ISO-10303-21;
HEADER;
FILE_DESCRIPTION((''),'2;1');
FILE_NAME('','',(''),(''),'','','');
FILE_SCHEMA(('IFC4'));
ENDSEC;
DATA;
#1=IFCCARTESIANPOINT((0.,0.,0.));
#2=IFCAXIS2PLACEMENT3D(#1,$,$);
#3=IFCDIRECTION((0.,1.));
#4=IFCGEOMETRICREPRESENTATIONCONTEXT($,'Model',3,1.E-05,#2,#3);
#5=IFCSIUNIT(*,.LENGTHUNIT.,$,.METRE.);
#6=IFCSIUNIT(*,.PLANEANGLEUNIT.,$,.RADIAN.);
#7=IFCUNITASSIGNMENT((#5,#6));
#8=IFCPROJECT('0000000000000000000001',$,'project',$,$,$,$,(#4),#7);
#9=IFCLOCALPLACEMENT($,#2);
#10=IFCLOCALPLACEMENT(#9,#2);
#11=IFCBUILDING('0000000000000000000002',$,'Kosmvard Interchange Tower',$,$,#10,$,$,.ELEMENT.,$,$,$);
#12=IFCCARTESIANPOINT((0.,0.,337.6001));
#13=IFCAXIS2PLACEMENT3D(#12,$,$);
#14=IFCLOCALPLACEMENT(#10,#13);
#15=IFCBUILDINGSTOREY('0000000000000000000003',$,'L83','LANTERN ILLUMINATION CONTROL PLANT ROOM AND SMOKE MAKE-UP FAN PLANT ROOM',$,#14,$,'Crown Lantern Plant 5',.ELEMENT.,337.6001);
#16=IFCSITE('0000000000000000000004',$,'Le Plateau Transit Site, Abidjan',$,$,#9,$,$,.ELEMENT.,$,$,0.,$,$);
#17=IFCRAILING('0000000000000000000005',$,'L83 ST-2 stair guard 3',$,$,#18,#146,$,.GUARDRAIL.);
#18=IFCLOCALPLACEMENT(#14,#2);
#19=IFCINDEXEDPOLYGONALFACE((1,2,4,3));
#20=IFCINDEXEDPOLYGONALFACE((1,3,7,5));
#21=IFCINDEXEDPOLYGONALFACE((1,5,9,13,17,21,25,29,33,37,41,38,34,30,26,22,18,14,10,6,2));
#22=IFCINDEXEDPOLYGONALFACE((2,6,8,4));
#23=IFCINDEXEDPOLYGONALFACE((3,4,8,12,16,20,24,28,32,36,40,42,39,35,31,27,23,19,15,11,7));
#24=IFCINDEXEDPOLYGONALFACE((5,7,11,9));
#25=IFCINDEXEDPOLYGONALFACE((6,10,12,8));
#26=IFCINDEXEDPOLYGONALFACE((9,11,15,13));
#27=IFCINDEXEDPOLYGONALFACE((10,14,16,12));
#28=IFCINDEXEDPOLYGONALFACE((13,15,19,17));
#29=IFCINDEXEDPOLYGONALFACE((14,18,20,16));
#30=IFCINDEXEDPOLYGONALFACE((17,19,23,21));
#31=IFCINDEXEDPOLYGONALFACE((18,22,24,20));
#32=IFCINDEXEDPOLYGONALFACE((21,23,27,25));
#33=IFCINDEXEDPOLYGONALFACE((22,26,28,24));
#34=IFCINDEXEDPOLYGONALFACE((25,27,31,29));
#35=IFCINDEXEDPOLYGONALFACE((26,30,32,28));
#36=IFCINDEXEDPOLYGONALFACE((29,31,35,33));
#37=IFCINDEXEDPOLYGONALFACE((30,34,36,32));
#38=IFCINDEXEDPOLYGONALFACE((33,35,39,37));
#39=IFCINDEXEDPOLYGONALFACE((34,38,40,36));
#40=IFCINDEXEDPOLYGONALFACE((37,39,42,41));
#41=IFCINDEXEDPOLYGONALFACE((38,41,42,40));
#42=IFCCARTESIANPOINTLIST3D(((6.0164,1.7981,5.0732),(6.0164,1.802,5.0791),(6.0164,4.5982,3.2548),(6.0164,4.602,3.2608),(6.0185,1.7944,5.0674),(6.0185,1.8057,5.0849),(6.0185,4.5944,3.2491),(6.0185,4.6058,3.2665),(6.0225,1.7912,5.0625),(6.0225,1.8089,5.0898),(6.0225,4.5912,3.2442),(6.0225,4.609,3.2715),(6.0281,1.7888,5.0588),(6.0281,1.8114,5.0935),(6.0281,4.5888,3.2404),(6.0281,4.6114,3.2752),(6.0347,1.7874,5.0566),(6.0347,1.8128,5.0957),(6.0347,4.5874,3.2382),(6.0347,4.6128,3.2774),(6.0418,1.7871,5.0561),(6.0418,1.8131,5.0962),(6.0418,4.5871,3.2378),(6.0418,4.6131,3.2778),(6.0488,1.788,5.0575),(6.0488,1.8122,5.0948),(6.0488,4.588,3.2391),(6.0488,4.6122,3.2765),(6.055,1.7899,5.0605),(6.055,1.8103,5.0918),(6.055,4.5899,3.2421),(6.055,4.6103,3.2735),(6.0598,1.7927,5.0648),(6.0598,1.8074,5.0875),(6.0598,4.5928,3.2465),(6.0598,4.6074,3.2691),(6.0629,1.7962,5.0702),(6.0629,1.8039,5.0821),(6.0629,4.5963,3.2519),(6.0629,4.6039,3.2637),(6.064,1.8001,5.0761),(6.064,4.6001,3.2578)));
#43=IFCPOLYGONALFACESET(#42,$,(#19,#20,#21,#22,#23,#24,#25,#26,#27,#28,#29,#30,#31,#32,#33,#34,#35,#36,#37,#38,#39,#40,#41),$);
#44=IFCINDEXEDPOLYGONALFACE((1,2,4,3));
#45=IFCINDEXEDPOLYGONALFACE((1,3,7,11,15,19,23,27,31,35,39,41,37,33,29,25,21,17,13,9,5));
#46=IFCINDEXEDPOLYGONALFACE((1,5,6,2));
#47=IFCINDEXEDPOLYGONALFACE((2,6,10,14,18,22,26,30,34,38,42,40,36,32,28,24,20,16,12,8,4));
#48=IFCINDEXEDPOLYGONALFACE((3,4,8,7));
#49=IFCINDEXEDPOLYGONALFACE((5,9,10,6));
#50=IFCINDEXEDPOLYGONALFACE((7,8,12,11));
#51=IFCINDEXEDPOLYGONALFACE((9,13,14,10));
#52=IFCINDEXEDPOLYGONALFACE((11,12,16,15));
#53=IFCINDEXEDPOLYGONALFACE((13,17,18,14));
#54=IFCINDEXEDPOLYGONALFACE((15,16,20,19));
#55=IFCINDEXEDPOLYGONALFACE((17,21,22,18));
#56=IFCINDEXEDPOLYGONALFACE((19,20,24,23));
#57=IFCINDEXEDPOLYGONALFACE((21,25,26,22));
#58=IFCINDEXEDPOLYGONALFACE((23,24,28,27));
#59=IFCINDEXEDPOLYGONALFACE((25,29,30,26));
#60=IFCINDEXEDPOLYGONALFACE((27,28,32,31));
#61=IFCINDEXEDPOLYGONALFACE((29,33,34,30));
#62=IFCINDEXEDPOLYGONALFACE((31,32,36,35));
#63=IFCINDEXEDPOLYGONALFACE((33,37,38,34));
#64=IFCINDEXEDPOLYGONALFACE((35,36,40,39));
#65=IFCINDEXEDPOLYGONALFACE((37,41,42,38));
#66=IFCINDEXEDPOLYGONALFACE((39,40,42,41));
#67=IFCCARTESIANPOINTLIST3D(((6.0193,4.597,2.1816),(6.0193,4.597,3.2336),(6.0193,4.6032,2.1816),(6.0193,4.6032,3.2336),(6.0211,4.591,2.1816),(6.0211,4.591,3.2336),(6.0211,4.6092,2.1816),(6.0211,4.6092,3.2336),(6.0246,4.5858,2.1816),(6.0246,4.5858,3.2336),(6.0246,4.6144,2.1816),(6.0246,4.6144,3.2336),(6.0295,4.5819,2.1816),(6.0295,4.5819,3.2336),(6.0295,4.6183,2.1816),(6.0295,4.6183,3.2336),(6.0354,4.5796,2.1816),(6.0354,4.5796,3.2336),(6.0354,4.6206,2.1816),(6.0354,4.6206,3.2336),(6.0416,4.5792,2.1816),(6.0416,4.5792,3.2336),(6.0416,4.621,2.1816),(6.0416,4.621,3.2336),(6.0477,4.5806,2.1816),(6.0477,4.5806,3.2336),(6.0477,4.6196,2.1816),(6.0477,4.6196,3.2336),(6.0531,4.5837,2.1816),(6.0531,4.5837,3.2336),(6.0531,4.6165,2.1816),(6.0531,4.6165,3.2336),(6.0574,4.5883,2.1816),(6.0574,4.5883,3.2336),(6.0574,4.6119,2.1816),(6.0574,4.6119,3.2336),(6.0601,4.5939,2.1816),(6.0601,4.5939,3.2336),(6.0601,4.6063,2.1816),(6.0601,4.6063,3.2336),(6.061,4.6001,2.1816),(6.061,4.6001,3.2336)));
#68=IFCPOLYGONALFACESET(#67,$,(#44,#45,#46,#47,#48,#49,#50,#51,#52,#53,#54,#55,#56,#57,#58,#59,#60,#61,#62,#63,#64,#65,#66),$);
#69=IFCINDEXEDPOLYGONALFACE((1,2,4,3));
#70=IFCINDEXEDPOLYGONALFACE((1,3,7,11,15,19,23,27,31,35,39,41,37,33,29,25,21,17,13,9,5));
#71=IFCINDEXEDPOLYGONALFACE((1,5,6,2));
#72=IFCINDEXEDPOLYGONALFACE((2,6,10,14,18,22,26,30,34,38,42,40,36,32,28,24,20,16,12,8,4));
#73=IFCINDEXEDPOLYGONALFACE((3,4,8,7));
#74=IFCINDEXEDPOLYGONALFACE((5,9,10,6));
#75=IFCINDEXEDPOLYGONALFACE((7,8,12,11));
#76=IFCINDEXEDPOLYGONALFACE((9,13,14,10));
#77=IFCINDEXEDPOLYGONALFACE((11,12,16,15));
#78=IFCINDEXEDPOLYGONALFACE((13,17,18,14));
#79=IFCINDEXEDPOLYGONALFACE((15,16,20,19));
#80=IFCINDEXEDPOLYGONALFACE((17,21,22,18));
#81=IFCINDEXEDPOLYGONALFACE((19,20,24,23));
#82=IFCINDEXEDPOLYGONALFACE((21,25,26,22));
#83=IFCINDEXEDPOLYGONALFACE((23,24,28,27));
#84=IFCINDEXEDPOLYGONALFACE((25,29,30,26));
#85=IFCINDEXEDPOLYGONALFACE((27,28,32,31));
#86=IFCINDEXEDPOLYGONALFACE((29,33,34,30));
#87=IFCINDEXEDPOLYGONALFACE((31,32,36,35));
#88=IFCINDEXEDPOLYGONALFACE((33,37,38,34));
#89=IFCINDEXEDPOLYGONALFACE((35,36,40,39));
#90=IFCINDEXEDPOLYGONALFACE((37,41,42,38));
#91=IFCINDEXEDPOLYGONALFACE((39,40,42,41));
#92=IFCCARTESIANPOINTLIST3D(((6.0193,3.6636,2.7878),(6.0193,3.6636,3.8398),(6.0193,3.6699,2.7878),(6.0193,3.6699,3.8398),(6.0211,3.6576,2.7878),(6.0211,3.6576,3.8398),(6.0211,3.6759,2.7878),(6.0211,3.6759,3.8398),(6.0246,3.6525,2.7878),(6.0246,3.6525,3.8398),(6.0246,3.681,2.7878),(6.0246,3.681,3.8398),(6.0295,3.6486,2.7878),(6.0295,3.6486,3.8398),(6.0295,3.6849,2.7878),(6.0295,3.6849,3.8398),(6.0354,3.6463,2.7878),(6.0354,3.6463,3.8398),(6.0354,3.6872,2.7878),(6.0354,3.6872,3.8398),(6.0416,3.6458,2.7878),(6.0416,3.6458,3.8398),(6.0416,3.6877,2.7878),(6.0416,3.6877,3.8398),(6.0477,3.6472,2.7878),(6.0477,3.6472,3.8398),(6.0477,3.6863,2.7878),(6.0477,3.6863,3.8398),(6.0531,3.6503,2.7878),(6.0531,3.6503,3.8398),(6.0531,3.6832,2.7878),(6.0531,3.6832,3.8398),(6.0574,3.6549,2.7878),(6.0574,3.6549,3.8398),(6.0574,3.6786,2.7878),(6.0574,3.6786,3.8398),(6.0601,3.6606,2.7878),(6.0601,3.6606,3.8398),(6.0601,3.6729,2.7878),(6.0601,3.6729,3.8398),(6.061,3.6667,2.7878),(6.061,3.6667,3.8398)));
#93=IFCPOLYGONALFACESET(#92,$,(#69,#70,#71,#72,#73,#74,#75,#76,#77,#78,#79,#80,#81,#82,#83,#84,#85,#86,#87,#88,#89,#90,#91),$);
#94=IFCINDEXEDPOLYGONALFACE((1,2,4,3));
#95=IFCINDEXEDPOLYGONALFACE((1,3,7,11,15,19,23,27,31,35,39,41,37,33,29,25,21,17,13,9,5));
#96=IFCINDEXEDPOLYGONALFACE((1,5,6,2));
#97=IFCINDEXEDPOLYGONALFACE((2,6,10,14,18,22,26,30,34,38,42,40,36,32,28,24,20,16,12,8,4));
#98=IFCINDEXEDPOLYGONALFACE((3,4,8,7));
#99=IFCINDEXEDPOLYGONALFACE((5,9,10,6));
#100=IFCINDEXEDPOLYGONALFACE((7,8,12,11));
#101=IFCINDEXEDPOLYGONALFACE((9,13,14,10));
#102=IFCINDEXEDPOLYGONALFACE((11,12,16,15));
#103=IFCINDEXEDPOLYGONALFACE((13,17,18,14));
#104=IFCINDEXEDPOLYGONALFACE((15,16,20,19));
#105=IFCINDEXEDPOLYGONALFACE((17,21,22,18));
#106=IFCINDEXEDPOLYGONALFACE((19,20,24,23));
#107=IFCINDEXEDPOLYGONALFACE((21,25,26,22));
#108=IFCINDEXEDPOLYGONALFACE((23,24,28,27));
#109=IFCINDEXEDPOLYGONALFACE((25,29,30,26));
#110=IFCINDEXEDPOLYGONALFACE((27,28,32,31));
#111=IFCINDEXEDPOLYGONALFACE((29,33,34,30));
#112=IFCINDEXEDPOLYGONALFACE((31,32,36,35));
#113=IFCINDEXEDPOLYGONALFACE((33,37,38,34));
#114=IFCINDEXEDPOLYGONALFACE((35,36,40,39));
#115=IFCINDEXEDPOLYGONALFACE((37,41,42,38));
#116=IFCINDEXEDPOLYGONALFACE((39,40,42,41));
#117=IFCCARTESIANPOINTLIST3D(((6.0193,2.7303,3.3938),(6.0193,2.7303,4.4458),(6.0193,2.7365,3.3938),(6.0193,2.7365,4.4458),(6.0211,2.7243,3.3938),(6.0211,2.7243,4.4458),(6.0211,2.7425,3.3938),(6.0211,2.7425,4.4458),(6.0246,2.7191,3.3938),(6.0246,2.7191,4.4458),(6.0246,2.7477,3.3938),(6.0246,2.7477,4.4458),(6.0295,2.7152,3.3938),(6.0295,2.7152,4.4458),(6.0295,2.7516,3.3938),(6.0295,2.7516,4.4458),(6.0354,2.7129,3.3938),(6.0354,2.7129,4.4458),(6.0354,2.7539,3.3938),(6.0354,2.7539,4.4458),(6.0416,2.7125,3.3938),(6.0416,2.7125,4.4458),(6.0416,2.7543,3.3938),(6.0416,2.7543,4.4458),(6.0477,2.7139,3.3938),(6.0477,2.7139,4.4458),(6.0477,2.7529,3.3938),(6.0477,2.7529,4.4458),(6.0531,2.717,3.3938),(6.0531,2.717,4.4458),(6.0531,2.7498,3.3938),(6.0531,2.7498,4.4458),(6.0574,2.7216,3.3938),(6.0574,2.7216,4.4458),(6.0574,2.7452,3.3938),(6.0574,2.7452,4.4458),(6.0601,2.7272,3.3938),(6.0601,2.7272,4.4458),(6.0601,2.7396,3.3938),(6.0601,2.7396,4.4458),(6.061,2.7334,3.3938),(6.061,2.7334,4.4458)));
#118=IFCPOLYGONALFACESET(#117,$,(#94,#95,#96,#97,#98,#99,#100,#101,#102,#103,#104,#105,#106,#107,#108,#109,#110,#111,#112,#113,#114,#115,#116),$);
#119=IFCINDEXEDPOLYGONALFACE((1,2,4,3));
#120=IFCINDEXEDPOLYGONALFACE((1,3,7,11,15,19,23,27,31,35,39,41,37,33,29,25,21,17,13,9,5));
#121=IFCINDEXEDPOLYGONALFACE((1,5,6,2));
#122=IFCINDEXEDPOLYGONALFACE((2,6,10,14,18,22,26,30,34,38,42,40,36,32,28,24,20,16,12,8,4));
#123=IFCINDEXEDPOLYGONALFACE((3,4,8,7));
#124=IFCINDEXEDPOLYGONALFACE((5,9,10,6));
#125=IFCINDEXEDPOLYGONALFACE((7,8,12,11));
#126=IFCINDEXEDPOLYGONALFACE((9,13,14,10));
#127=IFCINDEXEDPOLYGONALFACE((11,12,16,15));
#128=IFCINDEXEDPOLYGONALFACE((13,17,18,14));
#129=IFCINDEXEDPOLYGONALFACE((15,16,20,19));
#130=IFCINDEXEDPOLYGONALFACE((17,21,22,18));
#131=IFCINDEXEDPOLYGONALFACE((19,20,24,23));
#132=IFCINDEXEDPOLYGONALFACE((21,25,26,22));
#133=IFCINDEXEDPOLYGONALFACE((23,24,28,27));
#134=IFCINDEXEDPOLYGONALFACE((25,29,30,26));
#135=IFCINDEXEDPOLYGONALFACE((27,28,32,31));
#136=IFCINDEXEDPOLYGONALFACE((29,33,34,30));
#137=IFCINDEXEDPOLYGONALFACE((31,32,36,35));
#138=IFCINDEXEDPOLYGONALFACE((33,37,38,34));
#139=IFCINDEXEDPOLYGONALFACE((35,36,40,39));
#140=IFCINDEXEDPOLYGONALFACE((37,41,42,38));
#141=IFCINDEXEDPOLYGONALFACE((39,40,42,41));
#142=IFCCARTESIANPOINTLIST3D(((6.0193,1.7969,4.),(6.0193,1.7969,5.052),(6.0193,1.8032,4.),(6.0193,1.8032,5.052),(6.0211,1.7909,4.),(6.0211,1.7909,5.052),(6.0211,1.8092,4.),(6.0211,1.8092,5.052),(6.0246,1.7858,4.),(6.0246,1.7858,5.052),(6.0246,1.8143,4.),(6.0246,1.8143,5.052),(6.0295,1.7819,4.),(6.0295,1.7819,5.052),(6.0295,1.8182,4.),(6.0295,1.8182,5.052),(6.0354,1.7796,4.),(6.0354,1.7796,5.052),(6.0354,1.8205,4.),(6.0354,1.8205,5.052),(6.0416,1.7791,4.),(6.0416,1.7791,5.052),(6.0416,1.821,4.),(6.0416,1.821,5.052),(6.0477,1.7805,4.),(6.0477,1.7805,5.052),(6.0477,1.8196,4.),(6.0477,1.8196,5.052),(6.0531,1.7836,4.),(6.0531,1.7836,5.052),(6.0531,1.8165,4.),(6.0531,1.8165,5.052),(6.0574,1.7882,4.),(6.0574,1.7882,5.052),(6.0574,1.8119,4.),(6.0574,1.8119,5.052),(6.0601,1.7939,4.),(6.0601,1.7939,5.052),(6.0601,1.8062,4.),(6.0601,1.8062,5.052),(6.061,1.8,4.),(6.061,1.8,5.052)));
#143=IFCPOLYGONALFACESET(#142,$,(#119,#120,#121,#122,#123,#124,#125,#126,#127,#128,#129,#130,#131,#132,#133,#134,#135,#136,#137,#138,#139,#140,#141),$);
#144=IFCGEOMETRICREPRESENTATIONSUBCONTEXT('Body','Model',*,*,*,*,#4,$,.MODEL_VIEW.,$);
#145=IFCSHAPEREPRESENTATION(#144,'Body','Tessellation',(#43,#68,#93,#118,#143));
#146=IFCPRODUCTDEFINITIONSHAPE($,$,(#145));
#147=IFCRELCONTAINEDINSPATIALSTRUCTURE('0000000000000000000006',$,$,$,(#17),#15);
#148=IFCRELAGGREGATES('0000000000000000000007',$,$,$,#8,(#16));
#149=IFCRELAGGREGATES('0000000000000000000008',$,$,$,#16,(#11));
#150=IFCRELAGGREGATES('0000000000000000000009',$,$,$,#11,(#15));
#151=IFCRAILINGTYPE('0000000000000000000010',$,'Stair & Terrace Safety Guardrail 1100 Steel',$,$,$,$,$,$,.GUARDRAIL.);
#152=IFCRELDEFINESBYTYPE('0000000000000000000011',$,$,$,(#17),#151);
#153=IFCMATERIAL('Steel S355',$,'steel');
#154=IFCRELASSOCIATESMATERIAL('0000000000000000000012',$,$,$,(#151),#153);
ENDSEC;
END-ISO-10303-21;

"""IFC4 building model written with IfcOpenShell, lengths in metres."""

from ifc_helpers import new_model, si_unit, direction, frame, origin, origin_2d, place, context, subcontext, project, spatial, circle, extrude, source, transform, mapped, material, type_object, element, save


model = new_model("IFC4")

# Units and contexts
model_context = context("Model", 3, precision=1e-05, world=origin(), true_north=direction((0.0, 1.0)))
body_context = subcontext(model_context, "Body", "Model", "MODEL_VIEW")
ifc_project = project(units=[si_unit("LENGTHUNIT", "METRE"), si_unit("PLANEANGLEUNIT", "RADIAN")], contexts=[model_context])

# Site, building, storey
site_placement = place(None, origin())
site = spatial("IfcSite", under=ifc_project, at=site_placement, Name="Le Plateau Transit Site, Abidjan", CompositionType="ELEMENT", RefElevation=0.0)
building_placement = place(site_placement, origin())
building = spatial("IfcBuilding", under=site, at=building_placement, Name="Kosmvard Interchange Tower", CompositionType="ELEMENT")
storey_placement = place(building_placement, frame((0.0, 0.0, 337.6001)))
storey = spatial("IfcBuildingStorey", under=building, at=storey_placement, Name="L83", Description="LANTERN ILLUMINATION CONTROL PLANT ROOM AND SMOKE MAKE-UP FAN PLANT ROOM", LongName="Crown Lantern Plant 5", CompositionType="ELEMENT", Elevation=337.6001)

# Shared definitions
ifc_material_1 = material(Name="Steel S355", Category="steel")

# Railing
railing_type_1 = type_object("IfcRailingType", Name="Stair & Terrace Safety Guardrail 1100 Steel", PredefinedType="GUARDRAIL", material=ifc_material_1)
shared_shape_1 = source(origin(), body_context, "Body", "SweptSolid", [
    extrude(circle(Radius=0.0239, at=origin_2d()), frame((0.0, 0.0, 1.0762), z_axis=(0.0, -0.838672, 0.544636), x_axis=(1.0, 0.0, 0.0)), (0.0, 0.0, 1.0), 3.3386),
    extrude(circle(Radius=0.021, at=origin_2d()), origin(), (0.0, 0.0, 1.0), 1.052),
    extrude(circle(Radius=0.021, at=origin_2d()), frame((0.0, -0.9333, 0.6062)), (0.0, 0.0, 1.0), 1.052),
    extrude(circle(Radius=0.021, at=origin_2d()), frame((0.0, -1.8667, 1.2122)), (0.0, 0.0, 1.0), 1.052),
    extrude(circle(Radius=0.021, at=origin_2d()), frame((0.0, -2.8, 1.8184)), (0.0, 0.0, 1.0), 1.052),
])
railing_1_placement = place(storey_placement, frame((6.04, 4.6001, 2.1816)))
element("IfcRailing", 1, at=railing_1_placement, inside=storey, type_object=railing_type_1, Name="L83 ST-2 stair guard 3", PredefinedType="GUARDRAIL", context=body_context, shape_type="MappedRepresentation", body=[
    mapped(shared_shape_1, transform((0.0, 0.0, 0.0), scale=1.0)),
])

save(model, "model.ifc")
